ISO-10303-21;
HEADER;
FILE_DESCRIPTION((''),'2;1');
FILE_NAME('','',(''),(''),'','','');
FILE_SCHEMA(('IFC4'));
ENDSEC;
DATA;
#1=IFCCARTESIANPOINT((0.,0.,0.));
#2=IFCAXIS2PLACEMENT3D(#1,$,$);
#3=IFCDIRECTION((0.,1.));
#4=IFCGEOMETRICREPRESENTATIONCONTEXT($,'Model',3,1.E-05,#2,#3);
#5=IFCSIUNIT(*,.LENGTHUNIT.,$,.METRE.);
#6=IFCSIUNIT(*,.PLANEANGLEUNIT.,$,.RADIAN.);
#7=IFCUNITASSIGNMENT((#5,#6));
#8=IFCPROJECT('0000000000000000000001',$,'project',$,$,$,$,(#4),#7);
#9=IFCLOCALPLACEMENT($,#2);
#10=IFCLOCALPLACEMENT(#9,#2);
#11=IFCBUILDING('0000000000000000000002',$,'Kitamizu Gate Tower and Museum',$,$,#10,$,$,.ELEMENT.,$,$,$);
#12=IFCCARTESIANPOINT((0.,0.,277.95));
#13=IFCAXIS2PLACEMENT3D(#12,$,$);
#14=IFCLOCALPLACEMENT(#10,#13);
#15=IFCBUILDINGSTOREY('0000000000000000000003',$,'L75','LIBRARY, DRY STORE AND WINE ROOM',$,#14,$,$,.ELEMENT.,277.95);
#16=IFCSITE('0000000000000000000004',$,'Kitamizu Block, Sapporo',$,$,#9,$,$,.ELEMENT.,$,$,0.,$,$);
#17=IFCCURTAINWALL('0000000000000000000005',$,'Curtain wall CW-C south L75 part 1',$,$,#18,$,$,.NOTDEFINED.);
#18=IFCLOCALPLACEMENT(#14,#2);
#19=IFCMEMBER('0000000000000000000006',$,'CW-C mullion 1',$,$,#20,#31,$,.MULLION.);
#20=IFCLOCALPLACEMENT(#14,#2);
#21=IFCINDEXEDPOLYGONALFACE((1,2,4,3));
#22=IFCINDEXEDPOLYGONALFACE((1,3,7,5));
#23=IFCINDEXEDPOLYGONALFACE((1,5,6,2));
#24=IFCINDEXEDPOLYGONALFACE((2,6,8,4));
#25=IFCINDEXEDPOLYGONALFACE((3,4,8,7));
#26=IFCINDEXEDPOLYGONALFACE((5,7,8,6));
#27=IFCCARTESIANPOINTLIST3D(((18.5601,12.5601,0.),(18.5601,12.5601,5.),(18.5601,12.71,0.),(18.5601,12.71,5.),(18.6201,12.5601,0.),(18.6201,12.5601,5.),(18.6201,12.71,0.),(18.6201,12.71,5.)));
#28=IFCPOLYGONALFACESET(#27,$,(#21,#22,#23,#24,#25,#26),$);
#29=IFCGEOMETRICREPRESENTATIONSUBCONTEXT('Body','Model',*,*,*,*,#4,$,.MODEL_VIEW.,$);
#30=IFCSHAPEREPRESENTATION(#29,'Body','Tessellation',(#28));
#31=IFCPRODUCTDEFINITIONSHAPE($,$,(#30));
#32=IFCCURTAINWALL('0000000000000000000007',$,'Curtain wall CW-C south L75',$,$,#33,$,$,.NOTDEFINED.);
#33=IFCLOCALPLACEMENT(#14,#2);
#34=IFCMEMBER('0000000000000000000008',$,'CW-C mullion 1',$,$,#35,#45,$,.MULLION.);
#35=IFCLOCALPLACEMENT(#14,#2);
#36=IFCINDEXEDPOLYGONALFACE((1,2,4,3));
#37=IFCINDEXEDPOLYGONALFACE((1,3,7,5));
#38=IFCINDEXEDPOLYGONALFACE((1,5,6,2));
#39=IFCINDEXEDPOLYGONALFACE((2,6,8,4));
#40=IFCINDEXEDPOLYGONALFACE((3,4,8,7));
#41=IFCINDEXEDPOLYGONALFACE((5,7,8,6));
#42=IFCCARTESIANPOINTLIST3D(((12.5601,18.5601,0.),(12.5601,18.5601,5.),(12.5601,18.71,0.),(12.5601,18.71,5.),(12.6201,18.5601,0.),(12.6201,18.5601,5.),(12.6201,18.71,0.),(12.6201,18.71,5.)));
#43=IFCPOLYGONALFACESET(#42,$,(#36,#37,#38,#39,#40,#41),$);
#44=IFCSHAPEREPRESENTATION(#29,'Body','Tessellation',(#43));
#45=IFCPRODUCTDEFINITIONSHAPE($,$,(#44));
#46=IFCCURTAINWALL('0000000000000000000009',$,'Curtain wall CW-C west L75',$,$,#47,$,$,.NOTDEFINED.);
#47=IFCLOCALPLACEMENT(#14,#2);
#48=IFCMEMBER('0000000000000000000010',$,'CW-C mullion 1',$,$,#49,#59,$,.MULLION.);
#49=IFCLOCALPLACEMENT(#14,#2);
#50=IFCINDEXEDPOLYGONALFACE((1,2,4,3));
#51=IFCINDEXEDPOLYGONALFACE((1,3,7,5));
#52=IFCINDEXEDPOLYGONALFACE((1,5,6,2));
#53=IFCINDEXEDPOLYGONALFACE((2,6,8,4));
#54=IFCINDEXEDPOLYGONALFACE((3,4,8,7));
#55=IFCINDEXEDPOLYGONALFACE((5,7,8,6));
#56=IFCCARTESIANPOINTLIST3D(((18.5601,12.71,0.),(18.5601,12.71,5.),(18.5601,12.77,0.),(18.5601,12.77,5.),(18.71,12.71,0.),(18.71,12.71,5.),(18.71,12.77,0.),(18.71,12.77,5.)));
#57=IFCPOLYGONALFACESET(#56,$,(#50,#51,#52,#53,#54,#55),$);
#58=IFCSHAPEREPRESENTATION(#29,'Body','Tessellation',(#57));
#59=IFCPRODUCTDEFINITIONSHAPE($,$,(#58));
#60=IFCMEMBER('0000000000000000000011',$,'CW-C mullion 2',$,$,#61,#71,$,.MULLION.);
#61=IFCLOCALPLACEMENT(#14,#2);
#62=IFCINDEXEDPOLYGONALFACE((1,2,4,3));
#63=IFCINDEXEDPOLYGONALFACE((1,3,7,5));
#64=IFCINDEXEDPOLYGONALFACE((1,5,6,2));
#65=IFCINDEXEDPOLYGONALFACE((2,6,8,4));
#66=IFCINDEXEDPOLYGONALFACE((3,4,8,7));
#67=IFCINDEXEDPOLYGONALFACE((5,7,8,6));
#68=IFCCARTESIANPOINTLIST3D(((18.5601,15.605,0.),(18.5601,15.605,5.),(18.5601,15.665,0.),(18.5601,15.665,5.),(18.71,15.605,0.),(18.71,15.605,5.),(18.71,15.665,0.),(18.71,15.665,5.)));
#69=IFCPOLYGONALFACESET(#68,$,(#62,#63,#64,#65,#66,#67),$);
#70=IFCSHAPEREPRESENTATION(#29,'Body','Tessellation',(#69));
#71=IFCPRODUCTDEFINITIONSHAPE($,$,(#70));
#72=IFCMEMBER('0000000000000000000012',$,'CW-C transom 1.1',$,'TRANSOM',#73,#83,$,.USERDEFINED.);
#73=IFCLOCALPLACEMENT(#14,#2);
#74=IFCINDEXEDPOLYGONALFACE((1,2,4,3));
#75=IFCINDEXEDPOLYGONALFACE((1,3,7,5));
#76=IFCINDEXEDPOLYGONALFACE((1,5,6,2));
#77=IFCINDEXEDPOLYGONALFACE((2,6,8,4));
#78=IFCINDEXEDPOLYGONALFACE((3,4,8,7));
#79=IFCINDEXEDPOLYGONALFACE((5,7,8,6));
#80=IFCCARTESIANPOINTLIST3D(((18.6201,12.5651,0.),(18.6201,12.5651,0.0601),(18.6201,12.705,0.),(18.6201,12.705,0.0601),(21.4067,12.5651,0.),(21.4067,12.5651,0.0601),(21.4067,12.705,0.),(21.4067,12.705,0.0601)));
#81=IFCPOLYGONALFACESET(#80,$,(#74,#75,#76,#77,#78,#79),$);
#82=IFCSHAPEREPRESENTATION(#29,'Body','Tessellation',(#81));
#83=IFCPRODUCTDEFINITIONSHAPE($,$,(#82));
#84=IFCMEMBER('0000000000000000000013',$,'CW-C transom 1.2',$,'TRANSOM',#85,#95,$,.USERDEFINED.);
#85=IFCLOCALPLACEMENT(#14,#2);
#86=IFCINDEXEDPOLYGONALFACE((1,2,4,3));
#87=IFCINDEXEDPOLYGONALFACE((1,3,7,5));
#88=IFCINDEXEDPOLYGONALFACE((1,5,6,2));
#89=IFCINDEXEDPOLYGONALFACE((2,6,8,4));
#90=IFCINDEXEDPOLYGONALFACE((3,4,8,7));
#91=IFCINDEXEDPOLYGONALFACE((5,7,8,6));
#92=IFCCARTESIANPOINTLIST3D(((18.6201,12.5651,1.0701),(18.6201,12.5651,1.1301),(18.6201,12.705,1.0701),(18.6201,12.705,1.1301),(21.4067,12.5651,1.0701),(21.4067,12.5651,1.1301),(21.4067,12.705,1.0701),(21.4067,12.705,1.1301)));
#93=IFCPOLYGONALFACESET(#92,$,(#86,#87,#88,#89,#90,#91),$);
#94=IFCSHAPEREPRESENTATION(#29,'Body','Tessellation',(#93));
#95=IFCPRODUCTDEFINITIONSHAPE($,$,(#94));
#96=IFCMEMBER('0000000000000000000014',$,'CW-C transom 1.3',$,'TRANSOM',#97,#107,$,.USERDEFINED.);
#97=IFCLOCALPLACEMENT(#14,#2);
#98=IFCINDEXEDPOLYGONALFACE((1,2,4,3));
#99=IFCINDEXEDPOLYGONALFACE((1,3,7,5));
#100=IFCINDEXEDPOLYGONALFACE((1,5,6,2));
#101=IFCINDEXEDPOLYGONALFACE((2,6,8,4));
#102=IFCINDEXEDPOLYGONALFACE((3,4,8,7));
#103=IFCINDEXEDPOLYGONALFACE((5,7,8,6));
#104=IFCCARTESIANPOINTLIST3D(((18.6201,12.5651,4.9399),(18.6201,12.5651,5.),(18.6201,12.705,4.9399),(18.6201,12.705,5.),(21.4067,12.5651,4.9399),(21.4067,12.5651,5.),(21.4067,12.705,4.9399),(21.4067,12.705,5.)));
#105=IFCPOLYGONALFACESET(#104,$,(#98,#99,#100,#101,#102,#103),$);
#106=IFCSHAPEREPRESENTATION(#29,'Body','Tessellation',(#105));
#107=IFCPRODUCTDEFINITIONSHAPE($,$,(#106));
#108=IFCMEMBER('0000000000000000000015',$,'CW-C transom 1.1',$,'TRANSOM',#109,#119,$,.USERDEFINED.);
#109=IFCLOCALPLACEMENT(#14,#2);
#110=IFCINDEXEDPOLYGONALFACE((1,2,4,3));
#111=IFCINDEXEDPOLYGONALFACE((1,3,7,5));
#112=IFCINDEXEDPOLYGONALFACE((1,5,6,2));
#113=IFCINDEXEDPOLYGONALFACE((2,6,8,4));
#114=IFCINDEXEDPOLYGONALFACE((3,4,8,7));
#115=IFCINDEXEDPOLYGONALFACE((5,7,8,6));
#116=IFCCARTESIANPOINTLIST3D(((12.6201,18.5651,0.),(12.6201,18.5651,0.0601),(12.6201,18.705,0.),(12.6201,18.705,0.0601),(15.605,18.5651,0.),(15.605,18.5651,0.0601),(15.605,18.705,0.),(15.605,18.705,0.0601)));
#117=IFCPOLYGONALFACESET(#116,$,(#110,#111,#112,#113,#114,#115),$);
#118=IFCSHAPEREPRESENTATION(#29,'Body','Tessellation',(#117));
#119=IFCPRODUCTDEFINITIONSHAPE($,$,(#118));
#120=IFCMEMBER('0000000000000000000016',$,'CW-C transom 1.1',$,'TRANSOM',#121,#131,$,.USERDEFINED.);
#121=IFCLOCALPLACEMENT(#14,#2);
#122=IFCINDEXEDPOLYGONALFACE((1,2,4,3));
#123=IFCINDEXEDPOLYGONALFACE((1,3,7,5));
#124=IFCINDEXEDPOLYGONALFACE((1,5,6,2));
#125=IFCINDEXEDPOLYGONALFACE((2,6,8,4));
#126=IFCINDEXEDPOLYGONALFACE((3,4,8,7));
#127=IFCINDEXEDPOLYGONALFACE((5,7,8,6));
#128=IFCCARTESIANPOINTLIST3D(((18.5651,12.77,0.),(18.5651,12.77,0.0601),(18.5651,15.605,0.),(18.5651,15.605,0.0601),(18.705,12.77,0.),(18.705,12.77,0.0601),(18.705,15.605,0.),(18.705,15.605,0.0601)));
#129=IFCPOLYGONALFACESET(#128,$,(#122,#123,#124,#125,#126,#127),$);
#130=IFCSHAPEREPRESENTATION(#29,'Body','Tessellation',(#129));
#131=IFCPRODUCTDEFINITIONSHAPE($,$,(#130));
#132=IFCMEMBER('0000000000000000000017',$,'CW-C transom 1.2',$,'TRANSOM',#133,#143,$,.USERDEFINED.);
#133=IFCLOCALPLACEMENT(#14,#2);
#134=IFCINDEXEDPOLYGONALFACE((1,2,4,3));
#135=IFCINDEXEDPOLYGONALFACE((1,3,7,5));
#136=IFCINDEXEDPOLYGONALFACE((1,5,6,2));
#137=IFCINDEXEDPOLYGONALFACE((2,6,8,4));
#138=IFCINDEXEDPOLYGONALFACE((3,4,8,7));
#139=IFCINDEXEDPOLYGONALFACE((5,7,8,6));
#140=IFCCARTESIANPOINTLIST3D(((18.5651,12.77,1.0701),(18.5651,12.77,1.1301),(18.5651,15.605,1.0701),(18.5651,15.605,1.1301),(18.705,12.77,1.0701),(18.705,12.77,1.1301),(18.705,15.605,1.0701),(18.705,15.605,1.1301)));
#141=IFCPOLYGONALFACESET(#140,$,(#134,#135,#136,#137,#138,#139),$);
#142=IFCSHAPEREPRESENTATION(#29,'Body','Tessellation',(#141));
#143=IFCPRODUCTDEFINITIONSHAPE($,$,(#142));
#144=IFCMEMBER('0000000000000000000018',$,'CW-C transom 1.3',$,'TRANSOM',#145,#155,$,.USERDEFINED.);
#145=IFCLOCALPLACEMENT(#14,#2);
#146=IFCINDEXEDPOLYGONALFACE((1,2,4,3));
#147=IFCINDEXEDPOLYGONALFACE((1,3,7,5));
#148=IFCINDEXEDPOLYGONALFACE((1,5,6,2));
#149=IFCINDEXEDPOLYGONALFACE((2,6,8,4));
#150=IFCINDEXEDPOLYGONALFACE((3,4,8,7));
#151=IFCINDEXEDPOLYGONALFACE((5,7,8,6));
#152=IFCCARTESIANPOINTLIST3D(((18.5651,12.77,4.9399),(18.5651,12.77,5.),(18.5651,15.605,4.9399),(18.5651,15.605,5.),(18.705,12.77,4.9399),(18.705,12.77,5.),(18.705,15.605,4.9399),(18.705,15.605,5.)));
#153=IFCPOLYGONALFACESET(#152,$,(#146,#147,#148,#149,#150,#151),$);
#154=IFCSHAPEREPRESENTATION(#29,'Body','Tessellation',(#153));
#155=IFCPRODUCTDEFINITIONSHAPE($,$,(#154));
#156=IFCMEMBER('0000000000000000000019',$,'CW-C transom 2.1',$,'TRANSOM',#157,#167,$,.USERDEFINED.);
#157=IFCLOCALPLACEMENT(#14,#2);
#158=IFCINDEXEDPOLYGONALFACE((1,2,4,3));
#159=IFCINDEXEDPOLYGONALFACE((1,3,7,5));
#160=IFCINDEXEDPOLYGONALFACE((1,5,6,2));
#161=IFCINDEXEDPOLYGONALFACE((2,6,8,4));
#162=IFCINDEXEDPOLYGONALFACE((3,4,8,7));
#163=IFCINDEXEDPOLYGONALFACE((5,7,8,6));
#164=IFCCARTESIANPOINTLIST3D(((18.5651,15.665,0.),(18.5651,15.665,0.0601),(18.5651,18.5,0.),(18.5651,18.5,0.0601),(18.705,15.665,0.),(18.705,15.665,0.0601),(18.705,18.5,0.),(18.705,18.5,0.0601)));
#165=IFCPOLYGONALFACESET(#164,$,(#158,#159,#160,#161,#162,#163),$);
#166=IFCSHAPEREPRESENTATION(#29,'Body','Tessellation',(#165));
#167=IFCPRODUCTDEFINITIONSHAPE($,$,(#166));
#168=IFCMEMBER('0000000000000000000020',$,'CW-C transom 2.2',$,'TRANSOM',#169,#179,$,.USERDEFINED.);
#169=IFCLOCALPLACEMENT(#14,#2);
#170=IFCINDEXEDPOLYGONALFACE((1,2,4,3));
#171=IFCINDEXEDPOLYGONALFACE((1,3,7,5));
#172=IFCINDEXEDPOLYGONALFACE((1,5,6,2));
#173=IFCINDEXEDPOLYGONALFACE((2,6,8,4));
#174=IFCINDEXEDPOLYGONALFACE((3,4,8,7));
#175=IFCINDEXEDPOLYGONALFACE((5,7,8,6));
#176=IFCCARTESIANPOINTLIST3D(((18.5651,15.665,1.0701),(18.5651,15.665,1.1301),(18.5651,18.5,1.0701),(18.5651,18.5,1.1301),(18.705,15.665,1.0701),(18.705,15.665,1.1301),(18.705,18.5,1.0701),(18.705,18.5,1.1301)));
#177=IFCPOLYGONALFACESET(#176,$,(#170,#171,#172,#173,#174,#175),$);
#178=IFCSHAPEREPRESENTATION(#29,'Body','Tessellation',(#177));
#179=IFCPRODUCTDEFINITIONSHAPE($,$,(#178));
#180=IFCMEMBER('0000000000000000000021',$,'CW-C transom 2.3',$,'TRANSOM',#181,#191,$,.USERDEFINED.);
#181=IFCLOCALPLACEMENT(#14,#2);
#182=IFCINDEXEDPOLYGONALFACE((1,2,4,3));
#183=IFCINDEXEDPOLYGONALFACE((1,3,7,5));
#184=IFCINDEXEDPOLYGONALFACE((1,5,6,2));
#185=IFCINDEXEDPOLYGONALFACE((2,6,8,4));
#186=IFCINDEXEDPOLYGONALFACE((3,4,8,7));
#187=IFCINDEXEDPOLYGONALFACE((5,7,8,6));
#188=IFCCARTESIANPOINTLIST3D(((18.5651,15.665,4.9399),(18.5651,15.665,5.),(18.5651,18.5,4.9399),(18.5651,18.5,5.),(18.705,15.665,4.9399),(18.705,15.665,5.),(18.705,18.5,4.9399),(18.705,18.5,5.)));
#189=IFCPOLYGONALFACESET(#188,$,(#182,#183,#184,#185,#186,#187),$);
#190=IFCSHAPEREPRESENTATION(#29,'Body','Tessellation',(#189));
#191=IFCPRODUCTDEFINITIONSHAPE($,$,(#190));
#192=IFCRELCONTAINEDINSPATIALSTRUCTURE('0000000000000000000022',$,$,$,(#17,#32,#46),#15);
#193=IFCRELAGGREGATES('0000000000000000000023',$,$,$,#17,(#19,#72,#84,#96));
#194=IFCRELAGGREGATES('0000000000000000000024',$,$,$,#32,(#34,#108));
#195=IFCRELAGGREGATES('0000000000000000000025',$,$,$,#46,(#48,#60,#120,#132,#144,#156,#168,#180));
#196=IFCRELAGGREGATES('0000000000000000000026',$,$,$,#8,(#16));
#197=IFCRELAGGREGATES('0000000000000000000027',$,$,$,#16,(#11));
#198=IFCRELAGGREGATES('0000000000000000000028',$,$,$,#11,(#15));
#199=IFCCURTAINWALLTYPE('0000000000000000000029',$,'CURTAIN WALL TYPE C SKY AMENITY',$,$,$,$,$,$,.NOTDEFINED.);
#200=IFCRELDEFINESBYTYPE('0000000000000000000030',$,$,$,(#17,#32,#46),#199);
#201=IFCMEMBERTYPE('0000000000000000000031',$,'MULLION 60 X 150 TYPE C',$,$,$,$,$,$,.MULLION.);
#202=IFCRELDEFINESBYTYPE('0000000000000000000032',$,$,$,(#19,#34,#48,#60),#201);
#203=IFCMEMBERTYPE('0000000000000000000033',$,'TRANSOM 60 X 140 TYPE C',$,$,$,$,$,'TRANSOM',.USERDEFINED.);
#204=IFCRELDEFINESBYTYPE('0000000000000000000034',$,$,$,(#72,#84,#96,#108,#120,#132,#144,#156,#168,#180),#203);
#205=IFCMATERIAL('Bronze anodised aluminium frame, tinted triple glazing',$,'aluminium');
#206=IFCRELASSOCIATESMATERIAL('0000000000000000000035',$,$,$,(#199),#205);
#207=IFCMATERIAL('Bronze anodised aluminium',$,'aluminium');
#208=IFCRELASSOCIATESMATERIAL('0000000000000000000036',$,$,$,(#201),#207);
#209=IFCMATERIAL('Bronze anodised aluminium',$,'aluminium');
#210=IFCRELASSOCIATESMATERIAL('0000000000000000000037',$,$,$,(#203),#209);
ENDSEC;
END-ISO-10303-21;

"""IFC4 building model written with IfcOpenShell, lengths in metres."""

from ifc_helpers import new_model, si_unit, direction, frame, origin, origin_2d, place, context, subcontext, project, spatial, rectangle, extrude, material, material_profile, profile_set, type_object, element, aggregate, save


model = new_model("IFC4")

# Units and contexts
model_context = context("Model", 3, precision=1e-05, world=origin(), true_north=direction((0.0, 1.0)))
body_context = subcontext(model_context, "Body", "Model", "MODEL_VIEW")
ifc_project = project(units=[si_unit("LENGTHUNIT", "METRE"), si_unit("PLANEANGLEUNIT", "RADIAN")], contexts=[model_context])

# Site, building, storey
site_placement = place(None, origin())
site = spatial("IfcSite", under=ifc_project, at=site_placement, Name="Kitamizu Block, Sapporo", CompositionType="ELEMENT", RefElevation=0.0)
building_placement = place(site_placement, origin())
building = spatial("IfcBuilding", under=site, at=building_placement, Name="Kitamizu Gate Tower and Museum", CompositionType="ELEMENT")
storey_placement = place(building_placement, frame((0.0, 0.0, 277.95)))
storey = spatial("IfcBuildingStorey", under=building, at=storey_placement, Name="L75", Description="LIBRARY, DRY STORE AND WINE ROOM", CompositionType="ELEMENT", Elevation=277.95)

# Curtain walls, members
ifc_material_1 = material(Name="Bronze anodised aluminium frame, tinted triple glazing", Category="aluminium")
curtain_wall_type = type_object("IfcCurtainWallType", Name="CURTAIN WALL TYPE C SKY AMENITY", PredefinedType="NOTDEFINED", material=ifc_material_1)
curtain_wall_1_placement = place(storey_placement, origin())
curtain_wall_1 = element("IfcCurtainWall", 1, at=curtain_wall_1_placement, inside=storey, type_object=curtain_wall_type, Name="Curtain wall CW-C south L75 part 1", PredefinedType="NOTDEFINED")
ifc_material_2 = material(Name="Bronze anodised aluminium", Category="aluminium")
ifc_material_profile_1 = material_profile(ifc_material_2, rectangle(XDim=0.0601, YDim=0.1499, at=origin_2d()), Name="AL 60X150")
ifc_profile_set_1 = profile_set([ifc_material_profile_1], Name="Bronze anodised aluminium")
member_type_1 = type_object("IfcMemberType", Name="MULLION 60 X 150 TYPE C", PredefinedType="MULLION", material=ifc_profile_set_1)
member_1_placement = place(storey_placement, frame((18.5901, 12.635, 0.0), z_axis=(0.0, 0.0, 1.0), x_axis=(1.0, 0.0, 0.0)))
member_1 = element("IfcMember", 2, at=member_1_placement, type_object=member_type_1, Name="CW-C mullion 1", PredefinedType="MULLION", context=body_context, shape_type="SweptSolid", body=[
    extrude(rectangle(XDim=0.0601, YDim=0.1499, at=origin_2d()), origin(), (0.0, 0.0, 1.0), 5.0),
])
curtain_wall_2_placement = place(storey_placement, origin())
curtain_wall_2 = element("IfcCurtainWall", 3, at=curtain_wall_2_placement, inside=storey, type_object=curtain_wall_type, Name="Curtain wall CW-C south L75", PredefinedType="NOTDEFINED")
member_2_placement = place(storey_placement, frame((12.5901, 18.635, 0.0), z_axis=(0.0, 0.0, 1.0), x_axis=(1.0, 0.0, 0.0)))
member_2 = element("IfcMember", 4, at=member_2_placement, type_object=member_type_1, Name="CW-C mullion 1", PredefinedType="MULLION", context=body_context, shape_type="SweptSolid", body=[
    extrude(rectangle(XDim=0.0601, YDim=0.1499, at=origin_2d()), origin(), (0.0, 0.0, 1.0), 5.0),
])

# Curtain wall, members
curtain_wall_3_placement = place(storey_placement, origin())
curtain_wall_3 = element("IfcCurtainWall", 5, at=curtain_wall_3_placement, inside=storey, type_object=curtain_wall_type, Name="Curtain wall CW-C west L75", PredefinedType="NOTDEFINED")
member_3_placement = place(storey_placement, frame((18.635, 12.74, 0.0), z_axis=(0.0, 0.0, 1.0), x_axis=(0.0, 1.0, 0.0)))
member_3 = element("IfcMember", 6, at=member_3_placement, type_object=member_type_1, Name="CW-C mullion 1", PredefinedType="MULLION", context=body_context, shape_type="SweptSolid", body=[
    extrude(rectangle(XDim=0.0601, YDim=0.1499, at=origin_2d()), origin(), (0.0, 0.0, 1.0), 5.0),
])
member_4_placement = place(storey_placement, frame((18.635, 15.635, 0.0), z_axis=(0.0, 0.0, 1.0), x_axis=(0.0, 1.0, 0.0)))
member_4 = element("IfcMember", 7, at=member_4_placement, type_object=member_type_1, Name="CW-C mullion 2", PredefinedType="MULLION", context=body_context, shape_type="SweptSolid", body=[
    extrude(rectangle(XDim=0.0601, YDim=0.1499, at=origin_2d()), origin(), (0.0, 0.0, 1.0), 5.0),
])

# Members
ifc_material_3 = material(Name="Bronze anodised aluminium", Category="aluminium")
ifc_material_profile_2 = material_profile(ifc_material_3, rectangle(XDim=0.1399, YDim=0.0601, at=origin_2d()), Name="AL 60X140")
ifc_profile_set_2 = profile_set([ifc_material_profile_2], Name="Bronze anodised aluminium")
member_type_2 = type_object("IfcMemberType", Name="TRANSOM 60 X 140 TYPE C", ElementType="TRANSOM", PredefinedType="USERDEFINED", material=ifc_profile_set_2)
member_5_placement = place(storey_placement, frame((18.6201, 12.635, 0.03), z_axis=(1.0, 0.0, 0.0), x_axis=(0.0, 1.0, 0.0)))
member_5 = element("IfcMember", 8, at=member_5_placement, type_object=member_type_2, Name="CW-C transom 1.1", ObjectType="TRANSOM", PredefinedType="USERDEFINED", context=body_context, shape_type="SweptSolid", body=[
    extrude(rectangle(XDim=0.1399, YDim=0.0601, at=origin_2d()), origin(), (0.0, 0.0, 1.0), 2.7866),
])
member_6_placement = place(storey_placement, frame((18.6201, 12.635, 1.1001), z_axis=(1.0, 0.0, 0.0), x_axis=(0.0, 1.0, 0.0)))
member_6 = element("IfcMember", 9, at=member_6_placement, type_object=member_type_2, Name="CW-C transom 1.2", ObjectType="TRANSOM", PredefinedType="USERDEFINED", context=body_context, shape_type="SweptSolid", body=[
    extrude(rectangle(XDim=0.1399, YDim=0.0601, at=origin_2d()), origin(), (0.0, 0.0, 1.0), 2.7866),
])
member_7_placement = place(storey_placement, frame((18.6201, 12.635, 4.97), z_axis=(1.0, 0.0, 0.0), x_axis=(0.0, 1.0, 0.0)))
member_7 = element("IfcMember", 10, at=member_7_placement, type_object=member_type_2, Name="CW-C transom 1.3", ObjectType="TRANSOM", PredefinedType="USERDEFINED", context=body_context, shape_type="SweptSolid", body=[
    extrude(rectangle(XDim=0.1399, YDim=0.0601, at=origin_2d()), origin(), (0.0, 0.0, 1.0), 2.7866),
])
aggregate(curtain_wall_1, [member_1, member_5, member_6, member_7])
member_8_placement = place(storey_placement, frame((12.6201, 18.635, 0.03), z_axis=(1.0, 0.0, 0.0), x_axis=(0.0, 1.0, 0.0)))
member_8 = element("IfcMember", 11, at=member_8_placement, type_object=member_type_2, Name="CW-C transom 1.1", ObjectType="TRANSOM", PredefinedType="USERDEFINED", context=body_context, shape_type="SweptSolid", body=[
    extrude(rectangle(XDim=0.1399, YDim=0.0601, at=origin_2d()), origin(), (0.0, 0.0, 1.0), 2.9849),
])
aggregate(curtain_wall_2, [member_2, member_8])
member_9_placement = place(storey_placement, frame((18.635, 12.77, 0.03), z_axis=(0.0, 1.0, 0.0), x_axis=(-1.0, 0.0, 0.0)))
member_9 = element("IfcMember", 12, at=member_9_placement, type_object=member_type_2, Name="CW-C transom 1.1", ObjectType="TRANSOM", PredefinedType="USERDEFINED", context=body_context, shape_type="SweptSolid", body=[
    extrude(rectangle(XDim=0.1399, YDim=0.0601, at=origin_2d()), origin(), (0.0, 0.0, 1.0), 2.835),
])
member_10_placement = place(storey_placement, frame((18.635, 12.77, 1.1001), z_axis=(0.0, 1.0, 0.0), x_axis=(-1.0, 0.0, 0.0)))
member_10 = element("IfcMember", 13, at=member_10_placement, type_object=member_type_2, Name="CW-C transom 1.2", ObjectType="TRANSOM", PredefinedType="USERDEFINED", context=body_context, shape_type="SweptSolid", body=[
    extrude(rectangle(XDim=0.1399, YDim=0.0601, at=origin_2d()), origin(), (0.0, 0.0, 1.0), 2.835),
])
member_11_placement = place(storey_placement, frame((18.635, 12.77, 4.97), z_axis=(0.0, 1.0, 0.0), x_axis=(-1.0, 0.0, 0.0)))
member_11 = element("IfcMember", 14, at=member_11_placement, type_object=member_type_2, Name="CW-C transom 1.3", ObjectType="TRANSOM", PredefinedType="USERDEFINED", context=body_context, shape_type="SweptSolid", body=[
    extrude(rectangle(XDim=0.1399, YDim=0.0601, at=origin_2d()), origin(), (0.0, 0.0, 1.0), 2.835),
])
member_12_placement = place(storey_placement, frame((18.635, 15.665, 0.03), z_axis=(0.0, 1.0, 0.0), x_axis=(-1.0, 0.0, 0.0)))
member_12 = element("IfcMember", 15, at=member_12_placement, type_object=member_type_2, Name="CW-C transom 2.1", ObjectType="TRANSOM", PredefinedType="USERDEFINED", context=body_context, shape_type="SweptSolid", body=[
    extrude(rectangle(XDim=0.1399, YDim=0.0601, at=origin_2d()), origin(), (0.0, 0.0, 1.0), 2.835),
])
member_13_placement = place(storey_placement, frame((18.635, 15.665, 1.1001), z_axis=(0.0, 1.0, 0.0), x_axis=(-1.0, 0.0, 0.0)))
member_13 = element("IfcMember", 16, at=member_13_placement, type_object=member_type_2, Name="CW-C transom 2.2", ObjectType="TRANSOM", PredefinedType="USERDEFINED", context=body_context, shape_type="SweptSolid", body=[
    extrude(rectangle(XDim=0.1399, YDim=0.0601, at=origin_2d()), origin(), (0.0, 0.0, 1.0), 2.835),
])
member_14_placement = place(storey_placement, frame((18.635, 15.665, 4.97), z_axis=(0.0, 1.0, 0.0), x_axis=(-1.0, 0.0, 0.0)))
member_14 = element("IfcMember", 17, at=member_14_placement, type_object=member_type_2, Name="CW-C transom 2.3", ObjectType="TRANSOM", PredefinedType="USERDEFINED", context=body_context, shape_type="SweptSolid", body=[
    extrude(rectangle(XDim=0.1399, YDim=0.0601, at=origin_2d()), origin(), (0.0, 0.0, 1.0), 2.835),
])

aggregate(curtain_wall_3, [member_3, member_4, member_9, member_10, member_11, member_12, member_13, member_14])

save(model, "model.ifc")
